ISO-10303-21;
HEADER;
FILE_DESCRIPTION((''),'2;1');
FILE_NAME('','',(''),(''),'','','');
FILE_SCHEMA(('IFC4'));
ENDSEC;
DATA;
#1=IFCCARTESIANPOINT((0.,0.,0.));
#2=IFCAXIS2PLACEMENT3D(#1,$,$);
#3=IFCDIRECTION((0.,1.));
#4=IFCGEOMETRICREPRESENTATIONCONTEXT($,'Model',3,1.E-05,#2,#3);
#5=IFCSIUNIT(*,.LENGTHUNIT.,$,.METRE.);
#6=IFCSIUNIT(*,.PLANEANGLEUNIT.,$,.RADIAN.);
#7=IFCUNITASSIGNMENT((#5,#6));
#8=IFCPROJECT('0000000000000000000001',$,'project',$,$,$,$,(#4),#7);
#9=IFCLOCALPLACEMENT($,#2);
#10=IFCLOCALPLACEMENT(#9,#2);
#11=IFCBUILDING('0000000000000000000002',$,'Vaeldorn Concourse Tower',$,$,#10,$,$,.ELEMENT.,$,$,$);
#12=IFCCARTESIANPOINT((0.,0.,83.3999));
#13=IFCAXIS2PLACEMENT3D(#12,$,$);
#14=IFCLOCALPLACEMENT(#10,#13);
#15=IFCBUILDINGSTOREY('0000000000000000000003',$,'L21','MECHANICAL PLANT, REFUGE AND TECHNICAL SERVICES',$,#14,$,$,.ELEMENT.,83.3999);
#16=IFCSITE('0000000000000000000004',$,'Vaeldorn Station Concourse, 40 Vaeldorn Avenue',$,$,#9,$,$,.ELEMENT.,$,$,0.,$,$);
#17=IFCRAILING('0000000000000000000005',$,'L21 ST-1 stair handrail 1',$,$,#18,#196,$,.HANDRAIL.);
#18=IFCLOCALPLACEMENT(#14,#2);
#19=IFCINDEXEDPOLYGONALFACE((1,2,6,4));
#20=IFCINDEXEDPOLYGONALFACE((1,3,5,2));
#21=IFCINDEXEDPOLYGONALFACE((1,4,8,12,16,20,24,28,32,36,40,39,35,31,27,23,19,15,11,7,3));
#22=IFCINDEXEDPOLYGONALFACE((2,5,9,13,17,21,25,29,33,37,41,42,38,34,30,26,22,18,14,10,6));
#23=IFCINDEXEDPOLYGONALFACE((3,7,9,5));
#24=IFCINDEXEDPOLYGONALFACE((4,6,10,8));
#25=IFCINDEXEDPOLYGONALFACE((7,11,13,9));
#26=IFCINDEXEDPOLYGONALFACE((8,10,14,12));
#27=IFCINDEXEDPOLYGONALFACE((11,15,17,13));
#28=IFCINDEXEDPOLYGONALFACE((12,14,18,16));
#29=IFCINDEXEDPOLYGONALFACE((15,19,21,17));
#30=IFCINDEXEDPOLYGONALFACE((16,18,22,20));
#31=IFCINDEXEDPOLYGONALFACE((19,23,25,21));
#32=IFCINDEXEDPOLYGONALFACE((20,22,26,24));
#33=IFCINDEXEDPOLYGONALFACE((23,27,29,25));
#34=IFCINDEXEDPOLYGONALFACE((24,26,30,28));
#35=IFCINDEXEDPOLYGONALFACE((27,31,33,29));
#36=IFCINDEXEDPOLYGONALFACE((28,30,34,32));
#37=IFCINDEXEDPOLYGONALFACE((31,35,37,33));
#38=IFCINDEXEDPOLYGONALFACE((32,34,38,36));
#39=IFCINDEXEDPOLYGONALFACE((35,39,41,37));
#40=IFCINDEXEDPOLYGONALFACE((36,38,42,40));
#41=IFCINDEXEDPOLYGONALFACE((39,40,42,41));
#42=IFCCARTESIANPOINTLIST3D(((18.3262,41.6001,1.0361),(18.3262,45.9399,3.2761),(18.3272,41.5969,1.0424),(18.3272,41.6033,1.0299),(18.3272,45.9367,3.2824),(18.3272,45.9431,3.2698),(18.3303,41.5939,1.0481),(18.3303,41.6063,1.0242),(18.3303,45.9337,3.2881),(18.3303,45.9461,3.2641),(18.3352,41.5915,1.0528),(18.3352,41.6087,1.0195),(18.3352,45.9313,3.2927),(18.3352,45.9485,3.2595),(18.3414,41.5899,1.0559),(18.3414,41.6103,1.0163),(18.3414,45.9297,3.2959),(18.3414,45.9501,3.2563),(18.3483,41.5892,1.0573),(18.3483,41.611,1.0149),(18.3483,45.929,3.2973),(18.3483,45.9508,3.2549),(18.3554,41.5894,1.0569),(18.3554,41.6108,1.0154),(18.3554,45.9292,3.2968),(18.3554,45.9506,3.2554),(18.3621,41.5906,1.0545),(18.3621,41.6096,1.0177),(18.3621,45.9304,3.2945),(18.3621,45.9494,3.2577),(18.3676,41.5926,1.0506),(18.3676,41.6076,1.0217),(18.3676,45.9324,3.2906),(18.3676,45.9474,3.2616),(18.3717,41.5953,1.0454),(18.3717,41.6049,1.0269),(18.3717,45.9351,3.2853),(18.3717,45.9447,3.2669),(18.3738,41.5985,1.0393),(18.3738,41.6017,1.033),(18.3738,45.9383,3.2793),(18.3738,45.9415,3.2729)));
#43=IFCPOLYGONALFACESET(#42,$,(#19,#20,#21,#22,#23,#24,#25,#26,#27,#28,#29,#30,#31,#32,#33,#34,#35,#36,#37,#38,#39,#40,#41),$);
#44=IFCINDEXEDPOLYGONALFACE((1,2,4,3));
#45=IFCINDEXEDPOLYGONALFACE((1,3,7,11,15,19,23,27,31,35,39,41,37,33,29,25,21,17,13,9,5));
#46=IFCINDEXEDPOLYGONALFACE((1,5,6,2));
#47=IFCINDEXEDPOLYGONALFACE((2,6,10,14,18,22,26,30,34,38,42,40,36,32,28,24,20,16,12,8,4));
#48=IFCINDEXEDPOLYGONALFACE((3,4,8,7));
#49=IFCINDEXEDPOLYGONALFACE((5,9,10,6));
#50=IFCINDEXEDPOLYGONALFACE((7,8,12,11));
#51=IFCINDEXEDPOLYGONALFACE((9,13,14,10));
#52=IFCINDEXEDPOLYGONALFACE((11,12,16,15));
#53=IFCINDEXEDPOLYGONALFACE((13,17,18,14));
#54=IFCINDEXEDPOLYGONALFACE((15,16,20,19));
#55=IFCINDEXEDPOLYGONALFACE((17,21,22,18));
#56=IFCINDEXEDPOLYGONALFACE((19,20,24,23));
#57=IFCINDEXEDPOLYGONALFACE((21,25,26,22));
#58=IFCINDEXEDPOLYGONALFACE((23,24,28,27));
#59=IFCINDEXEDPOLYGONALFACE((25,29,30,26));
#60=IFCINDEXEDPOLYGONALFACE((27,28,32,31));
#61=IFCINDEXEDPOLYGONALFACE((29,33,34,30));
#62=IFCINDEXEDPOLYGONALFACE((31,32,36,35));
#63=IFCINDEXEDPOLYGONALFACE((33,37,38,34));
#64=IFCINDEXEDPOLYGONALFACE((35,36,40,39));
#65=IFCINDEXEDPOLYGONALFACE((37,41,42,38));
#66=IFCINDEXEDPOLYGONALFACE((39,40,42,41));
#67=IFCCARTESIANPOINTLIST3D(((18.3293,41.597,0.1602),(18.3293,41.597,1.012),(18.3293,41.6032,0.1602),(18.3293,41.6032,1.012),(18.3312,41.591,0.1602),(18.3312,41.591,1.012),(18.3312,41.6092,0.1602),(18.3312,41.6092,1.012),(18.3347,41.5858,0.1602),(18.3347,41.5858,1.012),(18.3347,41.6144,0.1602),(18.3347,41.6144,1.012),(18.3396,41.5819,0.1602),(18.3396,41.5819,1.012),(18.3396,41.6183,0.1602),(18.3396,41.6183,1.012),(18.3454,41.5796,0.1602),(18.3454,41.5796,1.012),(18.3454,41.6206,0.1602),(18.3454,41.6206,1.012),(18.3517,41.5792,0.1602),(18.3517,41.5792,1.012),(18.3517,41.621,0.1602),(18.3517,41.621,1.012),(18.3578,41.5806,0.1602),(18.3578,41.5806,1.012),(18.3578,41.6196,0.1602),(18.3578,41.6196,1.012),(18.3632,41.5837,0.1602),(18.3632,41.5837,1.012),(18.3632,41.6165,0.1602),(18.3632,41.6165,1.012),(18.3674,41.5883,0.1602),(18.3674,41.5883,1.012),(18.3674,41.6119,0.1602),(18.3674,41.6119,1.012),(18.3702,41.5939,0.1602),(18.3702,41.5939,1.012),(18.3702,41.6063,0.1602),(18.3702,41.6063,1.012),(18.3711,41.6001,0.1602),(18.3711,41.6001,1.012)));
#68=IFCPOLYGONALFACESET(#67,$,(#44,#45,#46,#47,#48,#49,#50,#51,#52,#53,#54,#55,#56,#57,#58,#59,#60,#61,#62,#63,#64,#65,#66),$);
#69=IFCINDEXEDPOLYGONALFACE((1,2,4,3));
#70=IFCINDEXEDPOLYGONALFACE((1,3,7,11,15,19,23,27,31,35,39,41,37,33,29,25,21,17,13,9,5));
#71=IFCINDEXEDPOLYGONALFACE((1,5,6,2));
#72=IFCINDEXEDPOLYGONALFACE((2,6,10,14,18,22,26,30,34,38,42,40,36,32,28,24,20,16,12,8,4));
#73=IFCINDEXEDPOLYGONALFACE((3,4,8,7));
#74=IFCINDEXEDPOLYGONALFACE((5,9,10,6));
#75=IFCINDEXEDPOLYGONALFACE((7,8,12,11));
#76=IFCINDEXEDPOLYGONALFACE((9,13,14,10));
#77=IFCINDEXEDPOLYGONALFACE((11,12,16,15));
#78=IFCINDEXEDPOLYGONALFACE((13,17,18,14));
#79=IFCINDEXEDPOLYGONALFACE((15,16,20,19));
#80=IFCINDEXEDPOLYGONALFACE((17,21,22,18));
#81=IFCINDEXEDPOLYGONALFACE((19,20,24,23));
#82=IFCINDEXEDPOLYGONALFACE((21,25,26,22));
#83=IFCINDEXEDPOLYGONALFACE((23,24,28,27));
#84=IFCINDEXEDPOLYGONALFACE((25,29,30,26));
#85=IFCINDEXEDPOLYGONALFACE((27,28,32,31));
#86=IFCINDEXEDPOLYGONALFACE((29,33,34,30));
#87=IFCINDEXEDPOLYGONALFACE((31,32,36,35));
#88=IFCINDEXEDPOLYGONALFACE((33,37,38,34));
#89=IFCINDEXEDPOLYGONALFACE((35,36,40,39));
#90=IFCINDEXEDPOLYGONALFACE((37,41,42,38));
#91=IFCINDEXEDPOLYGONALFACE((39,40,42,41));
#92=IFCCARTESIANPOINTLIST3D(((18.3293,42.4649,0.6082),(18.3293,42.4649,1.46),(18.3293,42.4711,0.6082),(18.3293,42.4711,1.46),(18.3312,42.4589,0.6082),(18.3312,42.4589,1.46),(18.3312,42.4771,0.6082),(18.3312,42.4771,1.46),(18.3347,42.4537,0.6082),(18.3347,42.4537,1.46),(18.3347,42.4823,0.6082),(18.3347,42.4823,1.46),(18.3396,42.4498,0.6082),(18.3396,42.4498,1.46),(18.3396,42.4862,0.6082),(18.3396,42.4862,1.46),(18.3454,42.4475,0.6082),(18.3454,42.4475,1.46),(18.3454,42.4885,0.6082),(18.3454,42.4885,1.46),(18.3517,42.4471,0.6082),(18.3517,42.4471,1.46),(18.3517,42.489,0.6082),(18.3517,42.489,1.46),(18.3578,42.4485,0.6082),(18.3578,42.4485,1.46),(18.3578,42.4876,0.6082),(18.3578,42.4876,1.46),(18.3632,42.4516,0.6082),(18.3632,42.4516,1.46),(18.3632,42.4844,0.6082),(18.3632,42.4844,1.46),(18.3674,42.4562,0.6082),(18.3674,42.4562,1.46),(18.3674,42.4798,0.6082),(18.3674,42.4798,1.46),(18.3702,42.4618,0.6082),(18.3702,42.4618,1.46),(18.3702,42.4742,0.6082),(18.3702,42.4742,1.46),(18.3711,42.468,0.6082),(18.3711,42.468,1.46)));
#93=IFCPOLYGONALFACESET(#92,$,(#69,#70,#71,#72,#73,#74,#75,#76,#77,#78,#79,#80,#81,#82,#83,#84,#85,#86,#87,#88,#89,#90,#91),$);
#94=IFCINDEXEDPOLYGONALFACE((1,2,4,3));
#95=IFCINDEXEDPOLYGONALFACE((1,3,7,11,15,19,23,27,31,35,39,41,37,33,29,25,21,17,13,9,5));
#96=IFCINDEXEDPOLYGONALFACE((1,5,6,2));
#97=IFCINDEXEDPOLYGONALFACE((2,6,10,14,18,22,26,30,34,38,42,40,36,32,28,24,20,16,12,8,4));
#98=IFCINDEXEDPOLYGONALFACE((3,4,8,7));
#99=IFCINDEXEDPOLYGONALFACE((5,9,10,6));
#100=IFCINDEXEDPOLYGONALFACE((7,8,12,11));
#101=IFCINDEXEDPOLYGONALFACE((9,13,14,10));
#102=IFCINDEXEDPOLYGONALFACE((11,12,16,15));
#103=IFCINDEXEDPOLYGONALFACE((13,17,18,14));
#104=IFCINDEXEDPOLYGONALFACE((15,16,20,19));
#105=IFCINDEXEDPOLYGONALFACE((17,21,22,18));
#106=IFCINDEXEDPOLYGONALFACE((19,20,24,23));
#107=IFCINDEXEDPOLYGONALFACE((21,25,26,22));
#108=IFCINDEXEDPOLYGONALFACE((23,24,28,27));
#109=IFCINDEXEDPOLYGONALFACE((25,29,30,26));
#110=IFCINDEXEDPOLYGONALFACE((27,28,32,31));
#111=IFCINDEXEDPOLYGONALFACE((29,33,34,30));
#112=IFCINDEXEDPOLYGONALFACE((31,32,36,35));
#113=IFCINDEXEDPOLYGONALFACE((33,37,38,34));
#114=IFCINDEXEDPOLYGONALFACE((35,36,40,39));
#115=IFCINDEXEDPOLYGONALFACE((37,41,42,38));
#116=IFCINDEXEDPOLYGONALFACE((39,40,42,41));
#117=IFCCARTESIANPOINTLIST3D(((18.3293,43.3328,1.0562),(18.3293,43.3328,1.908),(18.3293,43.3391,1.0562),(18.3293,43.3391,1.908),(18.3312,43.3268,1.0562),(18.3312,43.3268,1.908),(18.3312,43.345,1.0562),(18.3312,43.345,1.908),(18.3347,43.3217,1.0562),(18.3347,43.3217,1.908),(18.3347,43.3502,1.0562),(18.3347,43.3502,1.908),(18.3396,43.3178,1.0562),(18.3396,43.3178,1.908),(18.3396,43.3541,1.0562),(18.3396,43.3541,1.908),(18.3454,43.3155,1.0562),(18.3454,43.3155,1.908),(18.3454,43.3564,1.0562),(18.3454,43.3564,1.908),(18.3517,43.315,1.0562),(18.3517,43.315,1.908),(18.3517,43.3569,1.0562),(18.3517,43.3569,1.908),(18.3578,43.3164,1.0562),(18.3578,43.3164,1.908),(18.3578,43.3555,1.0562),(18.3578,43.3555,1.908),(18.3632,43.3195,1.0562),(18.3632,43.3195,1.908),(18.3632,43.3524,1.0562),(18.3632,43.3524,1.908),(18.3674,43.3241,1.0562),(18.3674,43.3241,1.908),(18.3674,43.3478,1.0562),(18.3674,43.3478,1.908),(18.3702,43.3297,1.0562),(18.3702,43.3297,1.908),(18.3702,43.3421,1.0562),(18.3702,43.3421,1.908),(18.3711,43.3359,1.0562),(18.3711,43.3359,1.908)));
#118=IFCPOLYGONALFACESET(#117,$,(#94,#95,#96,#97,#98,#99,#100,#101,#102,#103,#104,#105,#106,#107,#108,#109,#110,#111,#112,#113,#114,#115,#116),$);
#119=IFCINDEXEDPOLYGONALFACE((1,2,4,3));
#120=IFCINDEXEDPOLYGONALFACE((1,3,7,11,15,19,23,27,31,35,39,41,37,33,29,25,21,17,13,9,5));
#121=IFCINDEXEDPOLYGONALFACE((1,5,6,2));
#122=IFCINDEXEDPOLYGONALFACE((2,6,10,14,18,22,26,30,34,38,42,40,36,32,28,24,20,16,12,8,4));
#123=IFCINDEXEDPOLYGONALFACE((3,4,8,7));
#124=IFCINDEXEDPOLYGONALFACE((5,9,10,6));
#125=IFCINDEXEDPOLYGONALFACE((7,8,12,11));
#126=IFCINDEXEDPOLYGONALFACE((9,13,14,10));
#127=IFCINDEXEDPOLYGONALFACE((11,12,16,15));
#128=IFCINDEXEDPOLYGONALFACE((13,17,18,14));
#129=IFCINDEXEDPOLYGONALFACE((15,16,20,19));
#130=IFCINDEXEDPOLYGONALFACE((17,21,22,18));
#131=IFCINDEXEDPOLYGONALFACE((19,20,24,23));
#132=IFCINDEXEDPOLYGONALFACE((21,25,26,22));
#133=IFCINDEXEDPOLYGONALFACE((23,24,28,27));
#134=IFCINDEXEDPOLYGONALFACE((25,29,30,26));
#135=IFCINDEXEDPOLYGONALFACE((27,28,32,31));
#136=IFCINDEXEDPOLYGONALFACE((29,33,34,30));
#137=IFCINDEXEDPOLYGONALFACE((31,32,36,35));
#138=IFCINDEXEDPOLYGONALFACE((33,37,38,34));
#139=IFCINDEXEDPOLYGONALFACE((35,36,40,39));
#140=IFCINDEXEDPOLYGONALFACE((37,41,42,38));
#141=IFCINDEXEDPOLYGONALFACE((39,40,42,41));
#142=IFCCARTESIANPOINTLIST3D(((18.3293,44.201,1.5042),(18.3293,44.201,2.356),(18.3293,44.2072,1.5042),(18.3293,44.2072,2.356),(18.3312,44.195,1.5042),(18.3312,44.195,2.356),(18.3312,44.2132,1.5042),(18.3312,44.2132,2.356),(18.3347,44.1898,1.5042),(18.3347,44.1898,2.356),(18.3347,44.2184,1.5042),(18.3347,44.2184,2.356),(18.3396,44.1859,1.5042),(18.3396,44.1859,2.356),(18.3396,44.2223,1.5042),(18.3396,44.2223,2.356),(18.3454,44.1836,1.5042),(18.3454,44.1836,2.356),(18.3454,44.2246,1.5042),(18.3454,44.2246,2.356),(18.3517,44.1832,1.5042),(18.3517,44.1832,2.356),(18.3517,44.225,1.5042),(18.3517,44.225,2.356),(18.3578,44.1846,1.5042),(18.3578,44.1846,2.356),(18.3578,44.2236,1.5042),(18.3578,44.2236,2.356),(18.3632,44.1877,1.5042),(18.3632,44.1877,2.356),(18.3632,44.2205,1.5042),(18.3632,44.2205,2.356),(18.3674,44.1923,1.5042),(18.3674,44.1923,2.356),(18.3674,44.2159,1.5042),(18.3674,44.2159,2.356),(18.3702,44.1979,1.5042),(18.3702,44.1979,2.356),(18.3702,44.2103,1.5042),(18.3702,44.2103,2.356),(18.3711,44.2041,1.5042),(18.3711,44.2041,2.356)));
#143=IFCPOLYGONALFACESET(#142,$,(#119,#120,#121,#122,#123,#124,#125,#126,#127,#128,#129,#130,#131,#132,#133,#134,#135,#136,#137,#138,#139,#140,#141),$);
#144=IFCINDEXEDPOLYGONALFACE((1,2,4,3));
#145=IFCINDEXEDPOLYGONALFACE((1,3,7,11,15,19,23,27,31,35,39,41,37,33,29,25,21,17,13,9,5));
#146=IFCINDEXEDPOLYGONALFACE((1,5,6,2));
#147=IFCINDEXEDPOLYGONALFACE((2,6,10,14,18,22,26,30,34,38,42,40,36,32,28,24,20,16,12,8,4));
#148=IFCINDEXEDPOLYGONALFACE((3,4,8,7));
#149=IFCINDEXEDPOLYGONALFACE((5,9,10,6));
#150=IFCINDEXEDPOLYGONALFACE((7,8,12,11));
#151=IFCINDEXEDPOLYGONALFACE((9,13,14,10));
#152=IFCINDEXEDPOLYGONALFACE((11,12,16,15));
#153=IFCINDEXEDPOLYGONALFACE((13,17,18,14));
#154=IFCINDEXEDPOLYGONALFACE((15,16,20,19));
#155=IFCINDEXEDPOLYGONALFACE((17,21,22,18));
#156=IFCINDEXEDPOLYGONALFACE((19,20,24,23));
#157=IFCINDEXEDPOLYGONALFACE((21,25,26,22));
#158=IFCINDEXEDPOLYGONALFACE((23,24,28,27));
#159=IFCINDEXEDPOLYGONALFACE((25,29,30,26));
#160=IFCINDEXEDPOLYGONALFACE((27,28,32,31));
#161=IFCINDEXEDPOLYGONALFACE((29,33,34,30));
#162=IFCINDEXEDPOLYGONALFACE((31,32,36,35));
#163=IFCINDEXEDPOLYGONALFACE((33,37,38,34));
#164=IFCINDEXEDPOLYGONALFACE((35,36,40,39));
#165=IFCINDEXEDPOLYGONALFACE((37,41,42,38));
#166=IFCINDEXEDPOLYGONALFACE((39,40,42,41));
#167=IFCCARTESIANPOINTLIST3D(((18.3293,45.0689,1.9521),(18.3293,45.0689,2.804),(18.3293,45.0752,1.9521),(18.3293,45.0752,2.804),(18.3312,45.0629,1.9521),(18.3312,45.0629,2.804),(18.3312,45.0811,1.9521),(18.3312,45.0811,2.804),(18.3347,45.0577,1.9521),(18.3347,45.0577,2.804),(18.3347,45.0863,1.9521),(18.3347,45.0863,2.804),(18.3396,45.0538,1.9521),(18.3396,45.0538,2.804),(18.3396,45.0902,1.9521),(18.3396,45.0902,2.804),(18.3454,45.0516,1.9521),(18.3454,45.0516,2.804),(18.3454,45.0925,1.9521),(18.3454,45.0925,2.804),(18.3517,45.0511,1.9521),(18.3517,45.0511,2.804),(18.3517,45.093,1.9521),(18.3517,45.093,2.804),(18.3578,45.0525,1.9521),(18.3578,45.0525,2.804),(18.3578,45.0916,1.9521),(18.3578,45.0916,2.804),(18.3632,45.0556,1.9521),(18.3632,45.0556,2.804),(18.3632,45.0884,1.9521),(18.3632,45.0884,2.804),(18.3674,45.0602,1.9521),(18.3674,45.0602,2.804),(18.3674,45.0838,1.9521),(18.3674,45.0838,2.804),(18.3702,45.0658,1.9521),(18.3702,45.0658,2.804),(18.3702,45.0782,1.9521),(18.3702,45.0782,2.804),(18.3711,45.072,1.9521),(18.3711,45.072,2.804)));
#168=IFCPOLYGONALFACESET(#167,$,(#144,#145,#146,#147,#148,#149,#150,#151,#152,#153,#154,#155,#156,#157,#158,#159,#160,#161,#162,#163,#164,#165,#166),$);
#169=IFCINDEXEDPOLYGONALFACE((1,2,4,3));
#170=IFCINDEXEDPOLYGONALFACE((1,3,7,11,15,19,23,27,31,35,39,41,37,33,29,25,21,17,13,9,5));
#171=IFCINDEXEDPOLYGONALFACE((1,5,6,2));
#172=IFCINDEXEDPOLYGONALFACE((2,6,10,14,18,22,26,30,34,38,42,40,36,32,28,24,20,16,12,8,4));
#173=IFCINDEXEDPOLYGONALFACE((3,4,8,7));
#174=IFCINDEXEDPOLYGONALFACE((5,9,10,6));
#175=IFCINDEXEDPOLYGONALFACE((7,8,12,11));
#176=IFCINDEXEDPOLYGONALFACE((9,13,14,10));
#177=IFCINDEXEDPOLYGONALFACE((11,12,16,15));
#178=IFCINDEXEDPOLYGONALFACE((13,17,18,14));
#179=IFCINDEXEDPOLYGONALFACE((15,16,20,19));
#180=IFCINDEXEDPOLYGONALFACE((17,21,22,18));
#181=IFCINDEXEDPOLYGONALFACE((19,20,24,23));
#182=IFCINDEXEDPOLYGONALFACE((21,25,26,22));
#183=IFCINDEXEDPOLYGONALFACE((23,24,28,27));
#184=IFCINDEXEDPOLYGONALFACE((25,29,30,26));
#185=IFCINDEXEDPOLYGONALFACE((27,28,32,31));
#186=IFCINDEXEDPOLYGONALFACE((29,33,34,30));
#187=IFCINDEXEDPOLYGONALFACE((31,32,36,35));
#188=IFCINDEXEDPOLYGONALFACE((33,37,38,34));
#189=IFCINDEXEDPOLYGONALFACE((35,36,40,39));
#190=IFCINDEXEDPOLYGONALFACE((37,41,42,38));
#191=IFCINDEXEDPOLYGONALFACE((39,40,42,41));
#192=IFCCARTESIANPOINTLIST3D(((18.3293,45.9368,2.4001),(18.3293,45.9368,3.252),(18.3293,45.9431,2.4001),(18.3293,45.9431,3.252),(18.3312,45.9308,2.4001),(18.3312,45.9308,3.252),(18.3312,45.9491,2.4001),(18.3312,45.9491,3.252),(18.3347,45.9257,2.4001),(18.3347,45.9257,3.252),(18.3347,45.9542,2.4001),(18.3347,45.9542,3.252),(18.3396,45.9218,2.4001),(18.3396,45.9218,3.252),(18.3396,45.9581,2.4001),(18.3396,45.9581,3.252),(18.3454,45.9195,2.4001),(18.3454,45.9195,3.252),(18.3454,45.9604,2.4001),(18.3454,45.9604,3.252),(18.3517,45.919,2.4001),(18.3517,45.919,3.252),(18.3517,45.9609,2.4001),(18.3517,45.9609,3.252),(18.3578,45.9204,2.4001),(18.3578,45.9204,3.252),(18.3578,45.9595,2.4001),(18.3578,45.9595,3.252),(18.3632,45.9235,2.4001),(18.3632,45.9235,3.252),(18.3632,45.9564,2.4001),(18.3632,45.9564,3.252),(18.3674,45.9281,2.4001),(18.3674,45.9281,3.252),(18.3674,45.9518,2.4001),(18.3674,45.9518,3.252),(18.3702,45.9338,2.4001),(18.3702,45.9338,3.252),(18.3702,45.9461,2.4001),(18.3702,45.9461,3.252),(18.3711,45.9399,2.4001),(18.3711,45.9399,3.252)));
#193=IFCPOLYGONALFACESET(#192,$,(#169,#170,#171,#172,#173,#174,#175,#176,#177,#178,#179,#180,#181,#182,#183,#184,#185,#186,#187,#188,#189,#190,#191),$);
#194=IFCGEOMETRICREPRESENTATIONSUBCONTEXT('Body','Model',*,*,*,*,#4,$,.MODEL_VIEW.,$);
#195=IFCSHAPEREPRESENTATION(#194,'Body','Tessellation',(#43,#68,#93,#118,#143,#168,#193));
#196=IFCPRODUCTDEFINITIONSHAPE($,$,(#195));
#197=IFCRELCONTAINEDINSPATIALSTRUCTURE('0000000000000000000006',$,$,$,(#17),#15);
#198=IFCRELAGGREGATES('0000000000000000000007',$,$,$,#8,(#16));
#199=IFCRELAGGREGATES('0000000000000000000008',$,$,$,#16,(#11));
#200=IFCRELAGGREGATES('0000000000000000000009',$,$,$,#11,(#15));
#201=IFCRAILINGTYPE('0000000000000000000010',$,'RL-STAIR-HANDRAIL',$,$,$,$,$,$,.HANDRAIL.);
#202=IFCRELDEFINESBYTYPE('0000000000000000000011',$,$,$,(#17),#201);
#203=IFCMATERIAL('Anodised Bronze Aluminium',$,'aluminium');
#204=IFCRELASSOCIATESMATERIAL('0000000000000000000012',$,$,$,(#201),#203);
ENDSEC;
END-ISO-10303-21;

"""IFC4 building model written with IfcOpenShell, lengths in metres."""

from ifc_helpers import new_model, si_unit, direction, frame, origin, origin_2d, place, context, subcontext, project, spatial, circle, extrude, material, type_object, element, save


model = new_model("IFC4")

# Units and contexts
model_context = context("Model", 3, precision=1e-05, world=origin(), true_north=direction((0.0, 1.0)))
body_context = subcontext(model_context, "Body", "Model", "MODEL_VIEW")
ifc_project = project(units=[si_unit("LENGTHUNIT", "METRE"), si_unit("PLANEANGLEUNIT", "RADIAN")], contexts=[model_context])

# Site, building, storey
site_placement = place(None, origin())
site = spatial("IfcSite", under=ifc_project, at=site_placement, Name="Vaeldorn Station Concourse, 40 Vaeldorn Avenue", CompositionType="ELEMENT", RefElevation=0.0)
building_placement = place(site_placement, origin())
building = spatial("IfcBuilding", under=site, at=building_placement, Name="Vaeldorn Concourse Tower", CompositionType="ELEMENT")
storey_placement = place(building_placement, frame((0.0, 0.0, 83.3999)))
storey = spatial("IfcBuildingStorey", under=building, at=storey_placement, Name="L21", Description="MECHANICAL PLANT, REFUGE AND TECHNICAL SERVICES", CompositionType="ELEMENT", Elevation=83.3999)

# Railing
ifc_material_1 = material(Name="Anodised Bronze Aluminium", Category="aluminium")
railing_type_1 = type_object("IfcRailingType", Name="RL-STAIR-HANDRAIL", PredefinedType="HANDRAIL", material=ifc_material_1)
railing_1_placement = place(storey_placement, frame((18.3501, 41.6001, 0.1602)))
element("IfcRailing", 1, at=railing_1_placement, inside=storey, type_object=railing_type_1, Name="L21 ST-1 stair handrail 1", PredefinedType="HANDRAIL", context=body_context, shape_type="SweptSolid", body=[
    extrude(circle(Radius=0.0239, at=origin_2d()), frame((0.0, 0.0, 0.876), z_axis=(0.0, 0.888615, 0.458654), x_axis=(-1.0, 0.0, 0.0)), (0.0, 0.0, 1.0), 4.8838),
    extrude(circle(Radius=0.021, at=origin_2d()), origin(), (0.0, 0.0, 1.0), 0.8518),
    extrude(circle(Radius=0.021, at=origin_2d()), frame((0.0, 0.8679, 0.448)), (0.0, 0.0, 1.0), 0.8518),
    extrude(circle(Radius=0.021, at=origin_2d()), frame((0.0, 1.7358, 0.896)), (0.0, 0.0, 1.0), 0.8518),
    extrude(circle(Radius=0.021, at=origin_2d()), frame((0.0, 2.604, 1.344)), (0.0, 0.0, 1.0), 0.8518),
    extrude(circle(Radius=0.021, at=origin_2d()), frame((0.0, 3.4719, 1.792)), (0.0, 0.0, 1.0), 0.8518),
    extrude(circle(Radius=0.021, at=origin_2d()), frame((0.0, 4.3398, 2.24)), (0.0, 0.0, 1.0), 0.8518),
])

save(model, "model.ifc")
